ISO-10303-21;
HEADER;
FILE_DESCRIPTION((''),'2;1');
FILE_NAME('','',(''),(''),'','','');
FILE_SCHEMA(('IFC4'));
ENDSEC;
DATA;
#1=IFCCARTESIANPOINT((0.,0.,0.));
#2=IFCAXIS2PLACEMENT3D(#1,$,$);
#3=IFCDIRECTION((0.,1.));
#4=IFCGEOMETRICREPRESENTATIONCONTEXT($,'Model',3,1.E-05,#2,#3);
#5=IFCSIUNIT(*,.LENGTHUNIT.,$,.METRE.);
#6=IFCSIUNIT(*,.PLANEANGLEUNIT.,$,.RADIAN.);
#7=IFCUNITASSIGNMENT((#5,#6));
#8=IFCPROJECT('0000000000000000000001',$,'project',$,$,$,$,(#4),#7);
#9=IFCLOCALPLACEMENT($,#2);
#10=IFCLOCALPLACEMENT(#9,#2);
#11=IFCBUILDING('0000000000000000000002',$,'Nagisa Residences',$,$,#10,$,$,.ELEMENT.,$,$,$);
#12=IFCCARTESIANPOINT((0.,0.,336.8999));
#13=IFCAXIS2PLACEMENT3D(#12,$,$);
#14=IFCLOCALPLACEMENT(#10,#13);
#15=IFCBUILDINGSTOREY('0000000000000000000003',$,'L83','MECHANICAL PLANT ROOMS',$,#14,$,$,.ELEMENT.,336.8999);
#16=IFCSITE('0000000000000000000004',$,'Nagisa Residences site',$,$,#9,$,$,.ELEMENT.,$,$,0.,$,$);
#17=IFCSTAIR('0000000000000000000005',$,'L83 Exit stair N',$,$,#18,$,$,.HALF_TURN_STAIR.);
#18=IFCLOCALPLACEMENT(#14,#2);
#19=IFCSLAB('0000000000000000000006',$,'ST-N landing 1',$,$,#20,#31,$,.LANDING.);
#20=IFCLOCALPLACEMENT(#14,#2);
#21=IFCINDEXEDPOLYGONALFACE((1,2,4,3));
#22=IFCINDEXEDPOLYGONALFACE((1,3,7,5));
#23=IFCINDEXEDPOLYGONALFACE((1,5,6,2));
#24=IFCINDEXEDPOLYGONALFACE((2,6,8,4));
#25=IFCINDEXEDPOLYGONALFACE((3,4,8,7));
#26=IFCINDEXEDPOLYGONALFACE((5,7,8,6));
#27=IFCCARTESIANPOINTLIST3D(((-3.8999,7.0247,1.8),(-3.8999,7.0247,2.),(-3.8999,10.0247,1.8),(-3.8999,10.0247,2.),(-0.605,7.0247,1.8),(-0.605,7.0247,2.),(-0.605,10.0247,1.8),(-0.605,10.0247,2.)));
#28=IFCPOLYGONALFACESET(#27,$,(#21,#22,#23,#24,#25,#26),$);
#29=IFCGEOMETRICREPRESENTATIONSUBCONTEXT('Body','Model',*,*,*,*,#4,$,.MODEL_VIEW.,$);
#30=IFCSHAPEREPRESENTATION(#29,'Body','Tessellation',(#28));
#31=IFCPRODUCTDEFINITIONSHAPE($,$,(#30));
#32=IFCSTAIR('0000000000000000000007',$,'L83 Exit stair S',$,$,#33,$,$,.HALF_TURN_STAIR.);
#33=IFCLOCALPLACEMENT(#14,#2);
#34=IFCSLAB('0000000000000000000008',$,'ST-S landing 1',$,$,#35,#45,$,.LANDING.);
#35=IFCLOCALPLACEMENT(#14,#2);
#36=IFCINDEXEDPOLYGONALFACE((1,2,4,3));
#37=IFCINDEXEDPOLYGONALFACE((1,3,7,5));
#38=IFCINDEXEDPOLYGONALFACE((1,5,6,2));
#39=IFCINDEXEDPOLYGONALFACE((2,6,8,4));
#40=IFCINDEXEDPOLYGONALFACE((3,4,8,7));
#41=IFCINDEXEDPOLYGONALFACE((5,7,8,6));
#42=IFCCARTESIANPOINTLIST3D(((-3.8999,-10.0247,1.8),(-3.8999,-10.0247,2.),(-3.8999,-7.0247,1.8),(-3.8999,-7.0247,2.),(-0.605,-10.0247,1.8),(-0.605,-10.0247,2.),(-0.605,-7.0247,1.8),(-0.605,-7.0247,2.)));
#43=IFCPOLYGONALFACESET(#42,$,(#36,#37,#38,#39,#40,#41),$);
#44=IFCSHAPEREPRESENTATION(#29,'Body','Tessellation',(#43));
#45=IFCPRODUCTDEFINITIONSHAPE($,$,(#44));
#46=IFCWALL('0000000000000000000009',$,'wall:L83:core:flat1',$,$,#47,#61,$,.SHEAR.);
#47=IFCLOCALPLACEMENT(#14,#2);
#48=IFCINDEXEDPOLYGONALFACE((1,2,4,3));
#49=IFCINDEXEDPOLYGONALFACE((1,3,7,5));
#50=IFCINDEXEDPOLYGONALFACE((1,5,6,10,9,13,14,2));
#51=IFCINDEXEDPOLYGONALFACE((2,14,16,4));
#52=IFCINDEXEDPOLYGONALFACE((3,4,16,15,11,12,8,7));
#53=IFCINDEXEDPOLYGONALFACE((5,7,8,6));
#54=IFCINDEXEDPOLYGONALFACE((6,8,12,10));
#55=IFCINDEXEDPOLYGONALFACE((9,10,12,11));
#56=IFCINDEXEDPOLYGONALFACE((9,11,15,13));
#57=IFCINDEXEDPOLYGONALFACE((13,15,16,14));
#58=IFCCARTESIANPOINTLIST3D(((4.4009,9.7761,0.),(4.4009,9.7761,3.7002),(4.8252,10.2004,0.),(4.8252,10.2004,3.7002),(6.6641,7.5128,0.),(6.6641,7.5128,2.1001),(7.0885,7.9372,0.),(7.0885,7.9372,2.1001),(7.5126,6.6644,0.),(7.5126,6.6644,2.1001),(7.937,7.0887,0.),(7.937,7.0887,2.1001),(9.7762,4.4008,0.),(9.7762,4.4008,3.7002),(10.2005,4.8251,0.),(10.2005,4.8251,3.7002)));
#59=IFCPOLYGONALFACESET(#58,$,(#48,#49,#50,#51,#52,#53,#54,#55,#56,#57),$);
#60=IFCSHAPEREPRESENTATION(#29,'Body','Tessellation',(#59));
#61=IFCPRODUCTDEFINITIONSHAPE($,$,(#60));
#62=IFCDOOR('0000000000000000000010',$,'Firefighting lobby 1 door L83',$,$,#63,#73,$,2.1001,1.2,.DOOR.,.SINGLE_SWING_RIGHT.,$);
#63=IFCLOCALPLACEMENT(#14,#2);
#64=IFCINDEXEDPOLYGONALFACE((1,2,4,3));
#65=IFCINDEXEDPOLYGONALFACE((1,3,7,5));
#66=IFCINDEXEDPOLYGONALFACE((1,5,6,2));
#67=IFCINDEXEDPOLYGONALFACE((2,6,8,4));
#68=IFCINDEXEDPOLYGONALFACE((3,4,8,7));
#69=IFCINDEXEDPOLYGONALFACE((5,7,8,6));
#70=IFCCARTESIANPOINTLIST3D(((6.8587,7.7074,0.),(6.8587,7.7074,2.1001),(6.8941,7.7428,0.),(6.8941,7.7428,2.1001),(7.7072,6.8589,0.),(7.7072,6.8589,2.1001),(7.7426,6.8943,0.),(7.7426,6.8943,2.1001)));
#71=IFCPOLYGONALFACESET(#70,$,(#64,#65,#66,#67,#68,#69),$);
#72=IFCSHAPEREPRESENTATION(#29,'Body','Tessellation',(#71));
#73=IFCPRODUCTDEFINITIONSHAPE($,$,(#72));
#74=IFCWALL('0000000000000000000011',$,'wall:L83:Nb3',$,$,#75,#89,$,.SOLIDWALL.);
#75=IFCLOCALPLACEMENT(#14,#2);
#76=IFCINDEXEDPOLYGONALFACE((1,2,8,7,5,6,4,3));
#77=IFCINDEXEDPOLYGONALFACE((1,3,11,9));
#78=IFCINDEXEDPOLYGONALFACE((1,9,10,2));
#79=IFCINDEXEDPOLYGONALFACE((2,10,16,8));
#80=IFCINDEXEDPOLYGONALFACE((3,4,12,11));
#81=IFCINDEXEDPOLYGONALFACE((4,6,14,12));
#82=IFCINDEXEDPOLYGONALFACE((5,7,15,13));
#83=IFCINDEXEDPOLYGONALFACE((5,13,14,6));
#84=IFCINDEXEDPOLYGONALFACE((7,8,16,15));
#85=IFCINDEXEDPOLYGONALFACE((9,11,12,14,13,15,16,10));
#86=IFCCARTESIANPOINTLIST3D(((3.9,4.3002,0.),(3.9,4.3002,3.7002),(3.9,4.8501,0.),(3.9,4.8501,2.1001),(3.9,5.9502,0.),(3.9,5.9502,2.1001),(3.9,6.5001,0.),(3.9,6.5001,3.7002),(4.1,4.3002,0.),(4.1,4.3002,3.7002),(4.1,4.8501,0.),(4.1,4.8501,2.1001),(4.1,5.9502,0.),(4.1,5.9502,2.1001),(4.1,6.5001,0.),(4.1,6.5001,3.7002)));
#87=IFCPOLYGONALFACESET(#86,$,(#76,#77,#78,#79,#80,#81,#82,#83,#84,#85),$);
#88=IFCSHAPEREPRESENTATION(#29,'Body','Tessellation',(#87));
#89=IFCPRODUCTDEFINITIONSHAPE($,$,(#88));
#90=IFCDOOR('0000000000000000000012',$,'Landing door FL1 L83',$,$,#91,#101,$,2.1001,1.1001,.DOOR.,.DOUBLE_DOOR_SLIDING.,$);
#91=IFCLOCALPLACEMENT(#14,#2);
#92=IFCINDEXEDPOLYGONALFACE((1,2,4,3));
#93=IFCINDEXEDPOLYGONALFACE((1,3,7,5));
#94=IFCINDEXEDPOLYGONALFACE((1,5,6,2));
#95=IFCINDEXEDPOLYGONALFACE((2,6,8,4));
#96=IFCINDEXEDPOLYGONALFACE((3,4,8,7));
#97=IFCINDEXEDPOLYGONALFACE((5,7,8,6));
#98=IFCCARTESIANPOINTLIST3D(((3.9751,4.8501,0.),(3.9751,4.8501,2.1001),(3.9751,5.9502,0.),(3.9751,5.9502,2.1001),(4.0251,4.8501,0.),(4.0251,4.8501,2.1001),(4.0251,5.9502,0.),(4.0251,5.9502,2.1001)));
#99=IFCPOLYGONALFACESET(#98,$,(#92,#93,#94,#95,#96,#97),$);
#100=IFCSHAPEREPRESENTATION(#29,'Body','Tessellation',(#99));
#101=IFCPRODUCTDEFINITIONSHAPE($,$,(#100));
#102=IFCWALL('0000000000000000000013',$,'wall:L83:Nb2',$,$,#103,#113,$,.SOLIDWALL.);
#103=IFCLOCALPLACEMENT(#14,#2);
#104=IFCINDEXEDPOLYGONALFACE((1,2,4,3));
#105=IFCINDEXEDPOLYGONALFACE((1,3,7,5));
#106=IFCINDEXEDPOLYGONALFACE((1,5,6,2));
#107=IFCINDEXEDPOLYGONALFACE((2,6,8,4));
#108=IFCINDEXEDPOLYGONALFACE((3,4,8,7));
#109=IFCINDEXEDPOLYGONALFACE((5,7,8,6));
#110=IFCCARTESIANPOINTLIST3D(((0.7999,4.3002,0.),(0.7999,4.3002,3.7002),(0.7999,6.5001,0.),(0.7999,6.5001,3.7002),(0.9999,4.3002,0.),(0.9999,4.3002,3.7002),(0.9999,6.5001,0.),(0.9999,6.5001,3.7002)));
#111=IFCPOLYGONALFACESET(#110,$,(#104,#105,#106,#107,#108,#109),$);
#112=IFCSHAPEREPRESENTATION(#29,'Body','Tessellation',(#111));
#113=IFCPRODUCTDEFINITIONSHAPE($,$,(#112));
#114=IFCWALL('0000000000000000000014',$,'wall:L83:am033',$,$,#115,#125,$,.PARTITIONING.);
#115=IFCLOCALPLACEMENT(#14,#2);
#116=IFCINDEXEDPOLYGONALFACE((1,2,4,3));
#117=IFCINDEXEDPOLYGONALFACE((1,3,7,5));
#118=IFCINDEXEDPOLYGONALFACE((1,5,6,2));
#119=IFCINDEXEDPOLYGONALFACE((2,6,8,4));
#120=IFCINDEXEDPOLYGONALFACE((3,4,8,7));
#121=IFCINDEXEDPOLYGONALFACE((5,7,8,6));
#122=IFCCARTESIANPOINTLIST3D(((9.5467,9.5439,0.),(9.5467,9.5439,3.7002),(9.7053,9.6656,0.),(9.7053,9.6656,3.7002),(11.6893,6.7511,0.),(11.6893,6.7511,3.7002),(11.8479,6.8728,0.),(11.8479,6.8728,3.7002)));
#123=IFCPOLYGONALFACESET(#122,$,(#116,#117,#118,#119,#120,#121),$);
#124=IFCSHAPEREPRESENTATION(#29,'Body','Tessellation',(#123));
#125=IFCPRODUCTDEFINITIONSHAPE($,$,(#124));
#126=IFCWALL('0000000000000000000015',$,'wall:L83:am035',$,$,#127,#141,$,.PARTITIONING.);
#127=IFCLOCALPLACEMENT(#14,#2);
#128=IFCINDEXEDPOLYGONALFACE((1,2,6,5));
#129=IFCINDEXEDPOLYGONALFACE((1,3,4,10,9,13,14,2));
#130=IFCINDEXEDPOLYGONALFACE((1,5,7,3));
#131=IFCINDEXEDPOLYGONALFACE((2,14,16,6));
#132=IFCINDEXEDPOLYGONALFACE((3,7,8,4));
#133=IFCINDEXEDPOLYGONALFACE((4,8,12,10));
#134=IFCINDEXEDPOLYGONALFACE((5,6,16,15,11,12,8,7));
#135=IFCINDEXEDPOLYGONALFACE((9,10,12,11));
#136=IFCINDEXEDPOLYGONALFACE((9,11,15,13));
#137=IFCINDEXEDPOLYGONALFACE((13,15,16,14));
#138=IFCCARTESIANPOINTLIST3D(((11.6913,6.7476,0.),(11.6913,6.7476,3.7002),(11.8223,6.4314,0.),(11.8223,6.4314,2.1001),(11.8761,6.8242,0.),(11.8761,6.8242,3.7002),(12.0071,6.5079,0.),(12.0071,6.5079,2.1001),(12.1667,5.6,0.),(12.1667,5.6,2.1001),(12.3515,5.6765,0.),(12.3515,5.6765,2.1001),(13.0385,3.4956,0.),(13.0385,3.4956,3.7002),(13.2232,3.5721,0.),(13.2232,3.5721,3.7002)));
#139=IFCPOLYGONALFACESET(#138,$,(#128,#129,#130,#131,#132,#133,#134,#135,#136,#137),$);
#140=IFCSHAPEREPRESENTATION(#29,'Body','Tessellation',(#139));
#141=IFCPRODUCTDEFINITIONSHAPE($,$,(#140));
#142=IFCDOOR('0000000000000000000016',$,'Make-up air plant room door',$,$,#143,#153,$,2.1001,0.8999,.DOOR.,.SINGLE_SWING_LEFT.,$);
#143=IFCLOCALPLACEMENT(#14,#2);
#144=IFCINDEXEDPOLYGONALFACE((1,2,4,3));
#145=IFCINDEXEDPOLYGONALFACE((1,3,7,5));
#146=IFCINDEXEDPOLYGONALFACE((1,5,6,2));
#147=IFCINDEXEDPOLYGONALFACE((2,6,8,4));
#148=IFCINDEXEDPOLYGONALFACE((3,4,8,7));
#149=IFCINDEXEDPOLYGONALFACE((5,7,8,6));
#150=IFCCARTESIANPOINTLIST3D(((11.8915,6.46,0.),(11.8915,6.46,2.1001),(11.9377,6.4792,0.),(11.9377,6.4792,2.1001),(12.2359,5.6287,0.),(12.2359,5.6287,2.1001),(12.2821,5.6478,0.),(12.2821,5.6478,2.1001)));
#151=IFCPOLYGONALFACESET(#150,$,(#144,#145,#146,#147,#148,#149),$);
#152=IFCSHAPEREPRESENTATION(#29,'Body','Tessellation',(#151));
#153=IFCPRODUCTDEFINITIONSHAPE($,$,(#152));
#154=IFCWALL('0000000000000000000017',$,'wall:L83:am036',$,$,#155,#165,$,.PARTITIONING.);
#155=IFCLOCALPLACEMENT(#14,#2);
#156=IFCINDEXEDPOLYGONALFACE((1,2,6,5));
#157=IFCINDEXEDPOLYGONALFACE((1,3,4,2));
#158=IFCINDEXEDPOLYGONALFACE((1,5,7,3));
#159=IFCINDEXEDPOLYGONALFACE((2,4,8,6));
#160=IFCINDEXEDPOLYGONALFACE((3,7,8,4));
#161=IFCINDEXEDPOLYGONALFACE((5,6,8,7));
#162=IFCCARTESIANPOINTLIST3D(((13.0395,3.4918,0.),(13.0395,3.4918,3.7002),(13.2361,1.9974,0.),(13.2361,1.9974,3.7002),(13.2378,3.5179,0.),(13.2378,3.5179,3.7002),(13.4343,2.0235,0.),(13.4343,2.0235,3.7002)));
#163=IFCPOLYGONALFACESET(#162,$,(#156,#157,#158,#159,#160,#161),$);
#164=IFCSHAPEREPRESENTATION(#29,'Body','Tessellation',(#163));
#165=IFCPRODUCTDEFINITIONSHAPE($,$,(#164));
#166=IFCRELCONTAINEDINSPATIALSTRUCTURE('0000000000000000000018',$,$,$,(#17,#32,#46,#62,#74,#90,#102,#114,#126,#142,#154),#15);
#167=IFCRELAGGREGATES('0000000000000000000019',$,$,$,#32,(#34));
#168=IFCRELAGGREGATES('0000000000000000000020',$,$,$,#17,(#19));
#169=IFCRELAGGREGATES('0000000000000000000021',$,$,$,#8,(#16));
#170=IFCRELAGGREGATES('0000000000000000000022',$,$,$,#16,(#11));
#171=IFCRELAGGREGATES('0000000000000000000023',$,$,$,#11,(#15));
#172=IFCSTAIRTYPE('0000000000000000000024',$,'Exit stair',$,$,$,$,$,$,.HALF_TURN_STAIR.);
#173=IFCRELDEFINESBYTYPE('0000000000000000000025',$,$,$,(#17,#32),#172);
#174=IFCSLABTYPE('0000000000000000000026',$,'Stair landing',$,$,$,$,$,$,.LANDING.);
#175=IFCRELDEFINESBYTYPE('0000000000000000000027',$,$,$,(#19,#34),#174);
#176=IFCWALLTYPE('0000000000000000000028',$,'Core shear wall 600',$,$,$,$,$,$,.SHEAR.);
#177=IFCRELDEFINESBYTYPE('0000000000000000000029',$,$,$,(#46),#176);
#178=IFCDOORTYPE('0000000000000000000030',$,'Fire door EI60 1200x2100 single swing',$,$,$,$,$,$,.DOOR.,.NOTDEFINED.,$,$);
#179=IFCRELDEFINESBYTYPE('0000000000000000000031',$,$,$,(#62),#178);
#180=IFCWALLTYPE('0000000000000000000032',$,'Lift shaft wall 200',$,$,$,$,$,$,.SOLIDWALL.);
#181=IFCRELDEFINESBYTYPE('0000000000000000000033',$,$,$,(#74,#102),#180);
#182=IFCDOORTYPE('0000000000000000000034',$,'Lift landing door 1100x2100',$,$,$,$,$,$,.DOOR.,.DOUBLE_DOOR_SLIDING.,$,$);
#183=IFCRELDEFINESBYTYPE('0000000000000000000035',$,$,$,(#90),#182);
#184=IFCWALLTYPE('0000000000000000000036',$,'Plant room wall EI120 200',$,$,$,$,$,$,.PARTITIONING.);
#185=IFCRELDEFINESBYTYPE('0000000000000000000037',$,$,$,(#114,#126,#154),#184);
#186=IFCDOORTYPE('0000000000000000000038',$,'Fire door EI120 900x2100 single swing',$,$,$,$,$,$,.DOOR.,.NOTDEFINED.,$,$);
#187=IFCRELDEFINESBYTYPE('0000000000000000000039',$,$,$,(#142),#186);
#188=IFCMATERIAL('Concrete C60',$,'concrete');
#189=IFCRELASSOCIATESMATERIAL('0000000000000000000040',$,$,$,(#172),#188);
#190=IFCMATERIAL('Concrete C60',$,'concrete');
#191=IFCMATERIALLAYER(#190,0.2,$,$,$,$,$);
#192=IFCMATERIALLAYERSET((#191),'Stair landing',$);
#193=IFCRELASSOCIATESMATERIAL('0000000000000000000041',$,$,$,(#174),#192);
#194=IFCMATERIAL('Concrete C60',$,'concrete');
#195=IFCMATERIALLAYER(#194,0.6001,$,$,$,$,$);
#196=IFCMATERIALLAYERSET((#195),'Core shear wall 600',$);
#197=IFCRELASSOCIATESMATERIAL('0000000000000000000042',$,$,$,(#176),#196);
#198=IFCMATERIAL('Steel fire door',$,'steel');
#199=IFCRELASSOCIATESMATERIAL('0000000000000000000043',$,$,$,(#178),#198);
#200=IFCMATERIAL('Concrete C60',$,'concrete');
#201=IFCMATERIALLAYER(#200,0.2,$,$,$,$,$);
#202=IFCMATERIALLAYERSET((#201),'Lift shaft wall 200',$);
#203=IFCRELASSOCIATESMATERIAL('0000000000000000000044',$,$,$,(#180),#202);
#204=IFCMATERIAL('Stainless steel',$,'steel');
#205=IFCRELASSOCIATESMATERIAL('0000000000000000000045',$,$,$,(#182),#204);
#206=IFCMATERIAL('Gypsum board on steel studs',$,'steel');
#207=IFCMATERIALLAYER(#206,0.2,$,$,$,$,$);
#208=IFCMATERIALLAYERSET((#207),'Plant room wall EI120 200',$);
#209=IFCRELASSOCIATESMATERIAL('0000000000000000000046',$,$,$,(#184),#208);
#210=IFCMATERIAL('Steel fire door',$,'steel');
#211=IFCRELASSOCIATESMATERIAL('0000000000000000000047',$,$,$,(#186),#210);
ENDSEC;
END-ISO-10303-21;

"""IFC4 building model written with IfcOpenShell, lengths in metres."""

from ifc_helpers import new_model, si_unit, direction, frame, frame_2d, origin, place, context, subcontext, project, spatial, polyline, rectangle, outline, extrude, material, layer, layer_set, type_object, element, fill, aggregate, save


model = new_model("IFC4")

# Units and contexts
model_context = context("Model", 3, precision=1e-05, world=origin(), true_north=direction((0.0, 1.0)))
body_context = subcontext(model_context, "Body", "Model", "MODEL_VIEW")
ifc_project = project(units=[si_unit("LENGTHUNIT", "METRE"), si_unit("PLANEANGLEUNIT", "RADIAN")], contexts=[model_context])

# Site, building, storey
site_placement = place(None, origin())
site = spatial("IfcSite", under=ifc_project, at=site_placement, Name="Nagisa Residences site", CompositionType="ELEMENT", RefElevation=0.0)
building_placement = place(site_placement, origin())
building = spatial("IfcBuilding", under=site, at=building_placement, Name="Nagisa Residences", CompositionType="ELEMENT")
storey_placement = place(building_placement, frame((0.0, 0.0, 336.8999)))
storey = spatial("IfcBuildingStorey", under=building, at=storey_placement, Name="L83", Description="MECHANICAL PLANT ROOMS", CompositionType="ELEMENT", Elevation=336.8999)

# Stairs, slabs
ifc_material_1 = material(Name="Concrete C60", Category="concrete")
stair_type = type_object("IfcStairType", Name="Exit stair", PredefinedType="HALF_TURN_STAIR", material=ifc_material_1)
stair_1_placement = place(storey_placement, origin())
stair_1 = element("IfcStair", 1, at=stair_1_placement, inside=storey, type_object=stair_type, Name="L83 Exit stair N", PredefinedType="HALF_TURN_STAIR")
ifc_material_2 = material(Name="Concrete C60", Category="concrete")
ifc_layer_1 = layer(ifc_material_2, 0.2)
ifc_layer_set_1 = layer_set([ifc_layer_1], Name="Stair landing")
slab_type = type_object("IfcSlabType", Name="Stair landing", PredefinedType="LANDING", material=ifc_layer_set_1)
slab_1_placement = place(storey_placement, frame((0.0, 0.0, 1.8)))
slab_1 = element("IfcSlab", 2, at=slab_1_placement, type_object=slab_type, Name="ST-N landing 1", PredefinedType="LANDING", context=body_context, shape_type="SweptSolid", body=[
    extrude(outline(polyline([(-0.605, 10.0247), (-3.8999, 10.0247), (-3.8999, 7.0247), (-0.605, 7.0247), (-0.605, 10.0247)])), origin(), (0.0, 0.0, 1.0), 0.2),
])
stair_2_placement = place(storey_placement, origin())
stair_2 = element("IfcStair", 3, at=stair_2_placement, inside=storey, type_object=stair_type, Name="L83 Exit stair S", PredefinedType="HALF_TURN_STAIR")
slab_2_placement = place(storey_placement, frame((0.0, 0.0, 1.8)))
slab_2 = element("IfcSlab", 4, at=slab_2_placement, type_object=slab_type, Name="ST-S landing 1", PredefinedType="LANDING", context=body_context, shape_type="SweptSolid", body=[
    extrude(outline(polyline([(-0.605, -7.0247), (-3.8999, -7.0247), (-3.8999, -10.0247), (-0.605, -10.0247), (-0.605, -7.0247)])), origin(), (0.0, 0.0, 1.0), 0.2),
])
aggregate(stair_2, [slab_2])

# Walls, openings, doors
ifc_material_3 = material(Name="Concrete C60", Category="concrete")
ifc_layer_2 = layer(ifc_material_3, 0.6001)
ifc_layer_set_2 = layer_set([ifc_layer_2], Name="Core shear wall 600")
wall_type_1 = type_object("IfcWallType", Name="Core shear wall 600", PredefinedType="SHEAR", material=ifc_layer_set_2)
wall_1_placement = place(storey_placement, frame((9.9883, 4.613, 0.0), z_axis=(0.0, 0.0, 1.0), x_axis=(-0.707107, 0.707107, 0.0)))
wall_1 = element("IfcWall", 5, at=wall_1_placement, inside=storey, type_object=wall_type_1, Name="wall:L83:core:flat1", PredefinedType="SHEAR", context=body_context, shape_type="SweptSolid", body=[
    extrude(rectangle(XDim=7.6018, YDim=0.6001, at=frame_2d((3.8008, 0.0))), origin(), (0.0, 0.0, 1.0), 3.7002),
])
opening_1_placement = place(wall_1_placement, frame((3.2009, 0.0, 0.0)))
opening_1 = element("IfcOpeningElement", 6, at=opening_1_placement, cuts=wall_1, PredefinedType="OPENING", context=body_context, shape_type="SweptSolid", body=[
    extrude(rectangle(XDim=1.2, YDim=2.1001, at=frame_2d((0.6001, 1.05))), frame((0.0, 0.3101, 0.0), z_axis=(0.0, -1.0, 0.0), x_axis=(1.0, 0.0, 0.0)), (0.0, 0.0, 1.0), 0.6201),
])
ifc_material_4 = material(Name="Steel fire door", Category="steel")
door_type_1 = type_object("IfcDoorType", Name="Fire door EI60 1200x2100 single swing", OperationType="NOTDEFINED", PredefinedType="DOOR", material=ifc_material_4)
door_1_placement = place(opening_1_placement, origin())
door_1 = element("IfcDoor", 7, at=door_1_placement, inside=storey, type_object=door_type_1, Name="Firefighting lobby 1 door L83", OperationType="SINGLE_SWING_RIGHT", OverallHeight=2.1001, OverallWidth=1.2, PredefinedType="DOOR", context=body_context, shape_type="SweptSolid", body=[
    extrude(rectangle(XDim=1.2, YDim=2.1001, at=frame_2d((0.6001, 1.05))), frame((0.0, 0.0249, 0.0), z_axis=(0.0, -1.0, 0.0), x_axis=(1.0, 0.0, 0.0)), (0.0, 0.0, 1.0), 0.05),
])
fill(opening_1, door_1)
ifc_material_5 = material(Name="Concrete C60", Category="concrete")
ifc_layer_3 = layer(ifc_material_5, 0.2)
ifc_layer_set_3 = layer_set([ifc_layer_3], Name="Lift shaft wall 200")
wall_type_2 = type_object("IfcWallType", Name="Lift shaft wall 200", PredefinedType="SOLIDWALL", material=ifc_layer_set_3)
wall_2_placement = place(storey_placement, frame((4.0, 4.3, 0.0), z_axis=(0.0, 0.0, 1.0), x_axis=(0.0, 1.0, 0.0)))
wall_2 = element("IfcWall", 8, at=wall_2_placement, inside=storey, type_object=wall_type_2, Name="wall:L83:Nb3", PredefinedType="SOLIDWALL", context=body_context, shape_type="SweptSolid", body=[
    extrude(rectangle(XDim=2.2, YDim=0.2, at=frame_2d((1.1001, 0.0))), origin(), (0.0, 0.0, 1.0), 3.7002),
])
opening_2_placement = place(wall_2_placement, frame((0.55, 0.0, 0.0)))
opening_2 = element("IfcOpeningElement", 9, at=opening_2_placement, cuts=wall_2, PredefinedType="OPENING", context=body_context, shape_type="SweptSolid", body=[
    extrude(rectangle(XDim=1.1001, YDim=2.1001, at=frame_2d((0.55, 1.05))), frame((0.0, 0.1099, 0.0), z_axis=(0.0, -1.0, 0.0), x_axis=(1.0, 0.0, 0.0)), (0.0, 0.0, 1.0), 0.22),
])
ifc_material_6 = material(Name="Stainless steel", Category="steel")
door_type_2 = type_object("IfcDoorType", Name="Lift landing door 1100x2100", OperationType="DOUBLE_DOOR_SLIDING", PredefinedType="DOOR", material=ifc_material_6)
door_2_placement = place(opening_2_placement, origin())
door_2 = element("IfcDoor", 10, at=door_2_placement, inside=storey, type_object=door_type_2, Name="Landing door FL1 L83", OperationType="DOUBLE_DOOR_SLIDING", OverallHeight=2.1001, OverallWidth=1.1001, PredefinedType="DOOR", context=body_context, shape_type="SweptSolid", body=[
    extrude(rectangle(XDim=1.1001, YDim=2.1001, at=frame_2d((0.55, 1.05))), frame((0.0, 0.0249, 0.0), z_axis=(0.0, -1.0, 0.0), x_axis=(1.0, 0.0, 0.0)), (0.0, 0.0, 1.0), 0.05),
])
fill(opening_2, door_2)

# Walls
wall_3_placement = place(storey_placement, frame((0.8999, 4.3, 0.0), z_axis=(0.0, 0.0, 1.0), x_axis=(0.0, 1.0, 0.0)))
element("IfcWall", 11, at=wall_3_placement, inside=storey, type_object=wall_type_2, Name="wall:L83:Nb2", PredefinedType="SOLIDWALL", context=body_context, shape_type="SweptSolid", body=[
    extrude(rectangle(XDim=2.2, YDim=0.2, at=frame_2d((1.1001, 0.0))), origin(), (0.0, 0.0, 1.0), 3.7002),
])
ifc_material_7 = material(Name="Gypsum board on steel studs", Category="steel")
ifc_layer_4 = layer(ifc_material_7, 0.2)
ifc_layer_set_4 = layer_set([ifc_layer_4], Name="Plant room wall EI120 200")
wall_type_3 = type_object("IfcWallType", Name="Plant room wall EI120 200", PredefinedType="PARTITIONING", material=ifc_layer_set_4)
wall_4_placement = place(storey_placement, frame((9.626, 9.6047, 0.0), z_axis=(0.0, 0.0, 1.0), x_axis=(0.608698, -0.793402, 0.0)))
element("IfcWall", 12, at=wall_4_placement, inside=storey, type_object=wall_type_3, Name="wall:L83:am033", PredefinedType="PARTITIONING", context=body_context, shape_type="SweptSolid", body=[
    extrude(rectangle(XDim=3.52, YDim=0.2, at=frame_2d((1.76, 0.0))), origin(), (0.0, 0.0, 1.0), 3.7002),
])

# Wall, opening, door
wall_5_placement = place(storey_placement, frame((11.7837, 6.7859, 0.0), z_axis=(0.0, 0.0, 1.0), x_axis=(0.382723, -0.923863, 0.0)))
wall_5 = element("IfcWall", 13, at=wall_5_placement, inside=storey, type_object=wall_type_3, Name="wall:L83:am035", PredefinedType="PARTITIONING", context=body_context, shape_type="SweptSolid", body=[
    extrude(rectangle(XDim=3.52, YDim=0.2, at=frame_2d((1.76, 0.0))), origin(), (0.0, 0.0, 1.0), 3.7002),
])
opening_3_placement = place(wall_5_placement, frame((0.3423, 0.0, 0.0)))
opening_3 = element("IfcOpeningElement", 14, at=opening_3_placement, cuts=wall_5, PredefinedType="OPENING", context=body_context, shape_type="SweptSolid", body=[
    extrude(rectangle(XDim=0.8999, YDim=2.1001, at=frame_2d((0.45, 1.05))), frame((0.0, 0.1099, 0.0), z_axis=(0.0, -1.0, 0.0), x_axis=(1.0, 0.0, 0.0)), (0.0, 0.0, 1.0), 0.22),
])
ifc_material_8 = material(Name="Steel fire door", Category="steel")
door_type_3 = type_object("IfcDoorType", Name="Fire door EI120 900x2100 single swing", OperationType="NOTDEFINED", PredefinedType="DOOR", material=ifc_material_8)
door_3_placement = place(opening_3_placement, origin())
door_3 = element("IfcDoor", 15, at=door_3_placement, inside=storey, type_object=door_type_3, Name="Make-up air plant room door", OperationType="SINGLE_SWING_LEFT", OverallHeight=2.1001, OverallWidth=0.8999, PredefinedType="DOOR", context=body_context, shape_type="SweptSolid", body=[
    extrude(rectangle(XDim=0.8999, YDim=2.1001, at=frame_2d((0.45, 1.05))), frame((0.0, 0.0249, 0.0), z_axis=(0.0, -1.0, 0.0), x_axis=(1.0, 0.0, 0.0)), (0.0, 0.0, 1.0), 0.05),
])
fill(opening_3, door_3)

# Wall
wall_6_placement = place(storey_placement, frame((13.1387, 3.5049, 0.0), z_axis=(0.0, 0.0, 1.0), x_axis=(0.130392, -0.991463, 0.0)))
element("IfcWall", 16, at=wall_6_placement, inside=storey, type_object=wall_type_3, Name="wall:L83:am036", PredefinedType="PARTITIONING", context=body_context, shape_type="SweptSolid", body=[
    extrude(rectangle(XDim=1.5073, YDim=0.2, at=frame_2d((0.7537, 0.0))), origin(), (0.0, 0.0, 1.0), 3.7002),
])

aggregate(stair_1, [slab_1])

save(model, "model.ifc")
